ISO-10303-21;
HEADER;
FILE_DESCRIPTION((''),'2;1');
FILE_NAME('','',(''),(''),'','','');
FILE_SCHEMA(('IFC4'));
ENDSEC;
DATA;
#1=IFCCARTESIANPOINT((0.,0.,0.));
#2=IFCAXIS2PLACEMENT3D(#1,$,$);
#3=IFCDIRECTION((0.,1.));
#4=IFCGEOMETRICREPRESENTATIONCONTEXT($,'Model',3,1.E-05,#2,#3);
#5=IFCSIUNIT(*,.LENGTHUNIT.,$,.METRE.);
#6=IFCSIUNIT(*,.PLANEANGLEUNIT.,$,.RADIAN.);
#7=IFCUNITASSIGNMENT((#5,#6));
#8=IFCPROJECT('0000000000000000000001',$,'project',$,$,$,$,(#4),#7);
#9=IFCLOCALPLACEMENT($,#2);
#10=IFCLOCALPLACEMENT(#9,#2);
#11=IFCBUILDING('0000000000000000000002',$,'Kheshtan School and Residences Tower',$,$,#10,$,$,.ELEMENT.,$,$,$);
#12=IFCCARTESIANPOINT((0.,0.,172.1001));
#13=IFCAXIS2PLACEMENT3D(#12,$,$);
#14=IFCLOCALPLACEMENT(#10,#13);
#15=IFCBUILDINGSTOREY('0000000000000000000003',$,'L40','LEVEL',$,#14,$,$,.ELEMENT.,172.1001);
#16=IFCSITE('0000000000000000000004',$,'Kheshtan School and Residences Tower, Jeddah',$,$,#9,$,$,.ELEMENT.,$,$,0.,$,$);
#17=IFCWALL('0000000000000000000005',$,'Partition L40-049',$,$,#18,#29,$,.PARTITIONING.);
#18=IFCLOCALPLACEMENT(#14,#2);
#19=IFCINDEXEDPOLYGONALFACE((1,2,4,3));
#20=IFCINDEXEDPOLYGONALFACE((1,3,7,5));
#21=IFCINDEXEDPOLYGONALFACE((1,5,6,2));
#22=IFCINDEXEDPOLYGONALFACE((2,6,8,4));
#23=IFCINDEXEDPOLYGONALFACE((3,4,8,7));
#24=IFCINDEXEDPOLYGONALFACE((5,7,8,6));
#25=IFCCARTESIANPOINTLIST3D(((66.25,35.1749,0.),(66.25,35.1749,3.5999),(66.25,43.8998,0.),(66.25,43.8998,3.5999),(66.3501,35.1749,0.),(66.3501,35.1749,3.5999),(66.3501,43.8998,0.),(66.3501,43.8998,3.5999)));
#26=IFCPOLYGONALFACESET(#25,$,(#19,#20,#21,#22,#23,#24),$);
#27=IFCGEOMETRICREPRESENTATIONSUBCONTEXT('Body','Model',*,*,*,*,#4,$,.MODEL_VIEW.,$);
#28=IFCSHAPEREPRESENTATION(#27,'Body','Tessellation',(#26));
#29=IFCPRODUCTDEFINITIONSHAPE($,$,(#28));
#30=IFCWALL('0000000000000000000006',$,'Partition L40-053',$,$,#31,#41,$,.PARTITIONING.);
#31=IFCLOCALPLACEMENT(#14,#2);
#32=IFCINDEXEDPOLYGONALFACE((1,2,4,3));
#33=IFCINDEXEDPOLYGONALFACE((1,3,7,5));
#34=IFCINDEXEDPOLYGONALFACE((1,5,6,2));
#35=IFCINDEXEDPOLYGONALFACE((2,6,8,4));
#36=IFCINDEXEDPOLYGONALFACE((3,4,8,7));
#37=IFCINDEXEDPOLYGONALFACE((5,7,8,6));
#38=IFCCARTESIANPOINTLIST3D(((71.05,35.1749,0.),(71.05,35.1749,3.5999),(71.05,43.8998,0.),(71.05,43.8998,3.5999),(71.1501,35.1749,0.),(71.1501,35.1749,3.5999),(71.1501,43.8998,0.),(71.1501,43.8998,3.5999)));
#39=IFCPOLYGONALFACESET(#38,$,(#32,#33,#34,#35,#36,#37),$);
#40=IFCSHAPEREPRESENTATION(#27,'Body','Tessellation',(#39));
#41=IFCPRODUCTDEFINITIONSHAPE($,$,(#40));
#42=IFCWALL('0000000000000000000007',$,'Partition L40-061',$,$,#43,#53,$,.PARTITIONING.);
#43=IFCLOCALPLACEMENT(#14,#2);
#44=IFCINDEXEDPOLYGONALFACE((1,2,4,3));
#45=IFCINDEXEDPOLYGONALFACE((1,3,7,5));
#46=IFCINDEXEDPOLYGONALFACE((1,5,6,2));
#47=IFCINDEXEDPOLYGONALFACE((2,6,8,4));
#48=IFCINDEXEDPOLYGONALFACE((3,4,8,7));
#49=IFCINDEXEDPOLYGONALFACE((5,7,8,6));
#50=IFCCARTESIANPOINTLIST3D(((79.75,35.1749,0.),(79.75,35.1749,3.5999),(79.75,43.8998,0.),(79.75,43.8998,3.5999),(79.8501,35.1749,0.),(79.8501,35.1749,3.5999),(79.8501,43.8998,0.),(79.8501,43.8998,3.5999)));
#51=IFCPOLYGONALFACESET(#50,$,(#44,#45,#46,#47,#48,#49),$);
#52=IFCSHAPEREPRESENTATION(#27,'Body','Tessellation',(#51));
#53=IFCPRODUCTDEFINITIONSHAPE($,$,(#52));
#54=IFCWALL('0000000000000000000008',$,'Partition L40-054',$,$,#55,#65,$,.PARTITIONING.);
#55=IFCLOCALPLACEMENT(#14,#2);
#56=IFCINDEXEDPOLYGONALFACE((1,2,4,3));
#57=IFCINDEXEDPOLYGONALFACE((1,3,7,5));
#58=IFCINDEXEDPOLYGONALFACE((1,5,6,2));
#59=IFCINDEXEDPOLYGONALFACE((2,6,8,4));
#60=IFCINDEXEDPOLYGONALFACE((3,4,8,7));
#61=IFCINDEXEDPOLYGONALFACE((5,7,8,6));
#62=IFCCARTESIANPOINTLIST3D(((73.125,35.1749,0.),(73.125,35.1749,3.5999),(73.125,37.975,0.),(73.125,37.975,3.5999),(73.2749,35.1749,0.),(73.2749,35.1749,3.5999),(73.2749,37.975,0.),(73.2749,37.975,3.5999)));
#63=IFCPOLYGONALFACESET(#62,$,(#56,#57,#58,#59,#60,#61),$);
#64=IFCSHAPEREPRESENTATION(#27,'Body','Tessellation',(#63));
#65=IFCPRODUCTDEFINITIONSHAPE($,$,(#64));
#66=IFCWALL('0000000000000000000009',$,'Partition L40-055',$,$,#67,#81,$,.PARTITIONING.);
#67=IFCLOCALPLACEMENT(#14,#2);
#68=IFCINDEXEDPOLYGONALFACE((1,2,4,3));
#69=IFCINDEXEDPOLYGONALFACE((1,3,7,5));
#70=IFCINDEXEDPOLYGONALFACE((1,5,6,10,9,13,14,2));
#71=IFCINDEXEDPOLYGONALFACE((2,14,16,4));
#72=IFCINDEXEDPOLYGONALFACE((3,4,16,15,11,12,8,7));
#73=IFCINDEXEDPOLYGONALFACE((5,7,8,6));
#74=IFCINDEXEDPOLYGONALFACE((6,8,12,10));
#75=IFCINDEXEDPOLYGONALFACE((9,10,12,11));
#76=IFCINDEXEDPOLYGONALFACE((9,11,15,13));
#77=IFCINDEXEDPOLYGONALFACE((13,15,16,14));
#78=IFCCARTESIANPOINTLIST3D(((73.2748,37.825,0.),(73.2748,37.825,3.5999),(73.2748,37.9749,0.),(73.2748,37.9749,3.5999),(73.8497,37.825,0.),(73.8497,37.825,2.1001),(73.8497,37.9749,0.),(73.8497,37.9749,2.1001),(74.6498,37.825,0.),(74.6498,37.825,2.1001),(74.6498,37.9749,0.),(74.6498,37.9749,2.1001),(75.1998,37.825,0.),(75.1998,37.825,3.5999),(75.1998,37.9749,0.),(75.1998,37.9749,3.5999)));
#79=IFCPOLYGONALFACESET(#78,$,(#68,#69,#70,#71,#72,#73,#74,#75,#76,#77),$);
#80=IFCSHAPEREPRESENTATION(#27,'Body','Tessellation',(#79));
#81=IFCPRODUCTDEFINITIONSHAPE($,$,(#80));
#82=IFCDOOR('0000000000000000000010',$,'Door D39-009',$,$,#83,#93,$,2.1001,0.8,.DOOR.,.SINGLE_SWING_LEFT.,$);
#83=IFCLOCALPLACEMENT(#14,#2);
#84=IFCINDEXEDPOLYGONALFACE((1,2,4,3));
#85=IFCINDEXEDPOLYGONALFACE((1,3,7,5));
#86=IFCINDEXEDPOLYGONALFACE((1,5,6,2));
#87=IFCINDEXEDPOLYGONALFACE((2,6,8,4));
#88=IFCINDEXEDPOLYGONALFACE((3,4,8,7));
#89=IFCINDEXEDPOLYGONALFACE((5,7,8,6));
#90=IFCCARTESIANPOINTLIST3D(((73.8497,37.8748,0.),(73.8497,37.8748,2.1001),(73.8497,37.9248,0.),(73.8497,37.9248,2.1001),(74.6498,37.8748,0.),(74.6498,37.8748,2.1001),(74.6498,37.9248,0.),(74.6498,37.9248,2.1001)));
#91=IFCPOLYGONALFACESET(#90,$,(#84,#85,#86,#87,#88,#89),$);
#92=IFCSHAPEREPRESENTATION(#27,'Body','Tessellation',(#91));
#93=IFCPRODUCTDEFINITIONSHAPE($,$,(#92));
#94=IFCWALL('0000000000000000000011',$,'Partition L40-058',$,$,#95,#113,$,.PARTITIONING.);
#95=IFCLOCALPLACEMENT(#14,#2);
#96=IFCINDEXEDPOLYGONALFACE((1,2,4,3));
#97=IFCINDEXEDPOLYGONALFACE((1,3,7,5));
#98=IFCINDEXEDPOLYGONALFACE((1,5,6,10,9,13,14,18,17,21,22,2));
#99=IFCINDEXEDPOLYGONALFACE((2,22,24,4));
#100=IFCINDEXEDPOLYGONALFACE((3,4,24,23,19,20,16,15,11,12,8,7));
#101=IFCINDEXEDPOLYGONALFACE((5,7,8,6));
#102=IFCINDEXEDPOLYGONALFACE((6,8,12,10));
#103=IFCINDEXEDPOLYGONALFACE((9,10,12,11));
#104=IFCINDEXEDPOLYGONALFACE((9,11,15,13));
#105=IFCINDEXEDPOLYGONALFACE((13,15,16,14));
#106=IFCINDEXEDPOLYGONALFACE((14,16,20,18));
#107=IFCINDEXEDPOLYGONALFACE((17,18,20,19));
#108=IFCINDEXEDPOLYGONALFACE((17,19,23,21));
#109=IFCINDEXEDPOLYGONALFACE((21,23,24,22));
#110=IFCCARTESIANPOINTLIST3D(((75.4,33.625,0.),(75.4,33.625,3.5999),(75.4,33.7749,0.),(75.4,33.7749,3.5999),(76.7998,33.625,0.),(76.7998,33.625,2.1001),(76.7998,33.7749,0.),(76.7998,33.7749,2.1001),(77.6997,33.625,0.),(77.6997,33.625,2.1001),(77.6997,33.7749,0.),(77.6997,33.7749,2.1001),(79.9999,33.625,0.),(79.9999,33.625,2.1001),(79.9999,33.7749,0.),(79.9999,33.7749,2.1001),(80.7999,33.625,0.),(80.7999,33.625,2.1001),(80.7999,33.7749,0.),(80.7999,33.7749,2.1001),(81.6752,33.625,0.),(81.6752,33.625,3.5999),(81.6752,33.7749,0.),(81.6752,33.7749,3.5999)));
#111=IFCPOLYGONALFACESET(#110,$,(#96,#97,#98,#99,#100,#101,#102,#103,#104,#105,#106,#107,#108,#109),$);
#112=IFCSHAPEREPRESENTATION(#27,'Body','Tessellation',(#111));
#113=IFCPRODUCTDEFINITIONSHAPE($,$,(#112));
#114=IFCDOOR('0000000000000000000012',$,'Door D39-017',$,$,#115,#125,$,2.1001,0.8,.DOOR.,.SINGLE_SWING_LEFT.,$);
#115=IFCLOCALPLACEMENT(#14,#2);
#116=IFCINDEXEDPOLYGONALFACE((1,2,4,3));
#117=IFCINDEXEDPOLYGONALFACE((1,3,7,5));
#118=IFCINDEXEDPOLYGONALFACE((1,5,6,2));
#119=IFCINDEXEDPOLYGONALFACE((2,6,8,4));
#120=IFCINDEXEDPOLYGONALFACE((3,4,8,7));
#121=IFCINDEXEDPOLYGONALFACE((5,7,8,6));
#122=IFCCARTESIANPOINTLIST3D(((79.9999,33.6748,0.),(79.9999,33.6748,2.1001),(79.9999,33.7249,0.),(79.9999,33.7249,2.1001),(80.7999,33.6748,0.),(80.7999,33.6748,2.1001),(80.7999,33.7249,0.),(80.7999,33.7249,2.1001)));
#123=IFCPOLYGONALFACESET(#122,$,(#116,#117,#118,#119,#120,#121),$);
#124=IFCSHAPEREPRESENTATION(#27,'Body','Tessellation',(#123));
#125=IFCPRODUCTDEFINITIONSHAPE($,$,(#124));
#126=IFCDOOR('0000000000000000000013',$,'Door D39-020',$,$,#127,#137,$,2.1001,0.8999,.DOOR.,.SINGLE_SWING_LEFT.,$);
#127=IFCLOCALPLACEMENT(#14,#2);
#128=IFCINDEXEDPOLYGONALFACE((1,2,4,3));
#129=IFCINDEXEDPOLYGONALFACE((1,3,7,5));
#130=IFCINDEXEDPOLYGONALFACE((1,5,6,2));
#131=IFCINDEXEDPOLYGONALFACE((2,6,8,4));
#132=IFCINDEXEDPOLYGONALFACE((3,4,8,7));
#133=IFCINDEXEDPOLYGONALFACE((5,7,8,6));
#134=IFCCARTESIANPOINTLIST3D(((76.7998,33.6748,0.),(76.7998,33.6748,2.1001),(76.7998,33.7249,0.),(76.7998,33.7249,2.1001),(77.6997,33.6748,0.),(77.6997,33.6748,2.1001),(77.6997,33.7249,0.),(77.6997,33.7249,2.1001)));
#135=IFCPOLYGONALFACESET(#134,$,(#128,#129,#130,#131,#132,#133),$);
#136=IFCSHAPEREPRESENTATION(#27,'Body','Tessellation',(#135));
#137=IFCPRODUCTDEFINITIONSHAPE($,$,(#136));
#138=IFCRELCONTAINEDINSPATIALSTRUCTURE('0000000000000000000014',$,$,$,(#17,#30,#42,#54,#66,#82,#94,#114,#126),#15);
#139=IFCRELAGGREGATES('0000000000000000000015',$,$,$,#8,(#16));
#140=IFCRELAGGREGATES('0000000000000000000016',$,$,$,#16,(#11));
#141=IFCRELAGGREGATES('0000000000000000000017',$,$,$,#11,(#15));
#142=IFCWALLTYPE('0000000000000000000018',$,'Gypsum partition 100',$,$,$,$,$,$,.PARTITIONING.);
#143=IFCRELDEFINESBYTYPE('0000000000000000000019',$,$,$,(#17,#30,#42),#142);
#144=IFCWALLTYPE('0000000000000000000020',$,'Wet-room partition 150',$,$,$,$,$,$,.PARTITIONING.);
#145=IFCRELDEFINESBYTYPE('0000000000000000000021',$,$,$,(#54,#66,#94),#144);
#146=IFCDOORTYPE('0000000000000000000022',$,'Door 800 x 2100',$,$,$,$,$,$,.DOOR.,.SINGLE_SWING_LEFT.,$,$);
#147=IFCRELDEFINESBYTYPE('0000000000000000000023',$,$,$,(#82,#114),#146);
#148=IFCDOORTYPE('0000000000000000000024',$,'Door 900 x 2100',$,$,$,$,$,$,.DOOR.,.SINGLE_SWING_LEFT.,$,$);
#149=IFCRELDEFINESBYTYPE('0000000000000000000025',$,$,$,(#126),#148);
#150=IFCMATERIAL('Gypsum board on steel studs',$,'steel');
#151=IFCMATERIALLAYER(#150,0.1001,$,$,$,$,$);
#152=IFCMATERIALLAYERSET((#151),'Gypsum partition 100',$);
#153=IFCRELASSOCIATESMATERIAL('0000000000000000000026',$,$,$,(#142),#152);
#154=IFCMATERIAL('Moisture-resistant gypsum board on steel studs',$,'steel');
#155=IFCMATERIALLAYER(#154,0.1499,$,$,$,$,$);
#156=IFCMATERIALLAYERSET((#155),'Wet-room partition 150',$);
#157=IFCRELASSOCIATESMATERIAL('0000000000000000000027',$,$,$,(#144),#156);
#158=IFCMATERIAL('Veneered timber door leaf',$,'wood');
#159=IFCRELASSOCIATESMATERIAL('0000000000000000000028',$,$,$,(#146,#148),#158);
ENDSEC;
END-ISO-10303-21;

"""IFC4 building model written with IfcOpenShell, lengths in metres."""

from ifc_helpers import new_model, si_unit, direction, frame, frame_2d, origin, place, context, subcontext, project, spatial, rectangle, extrude, source, transform, mapped, material, layer, layer_set, type_object, element, fill, save


model = new_model("IFC4")

# Units and contexts
model_context = context("Model", 3, precision=1e-05, world=origin(), true_north=direction((0.0, 1.0)))
body_context = subcontext(model_context, "Body", "Model", "MODEL_VIEW")
ifc_project = project(units=[si_unit("LENGTHUNIT", "METRE"), si_unit("PLANEANGLEUNIT", "RADIAN")], contexts=[model_context])

# Site, building, storey
site_placement = place(None, origin())
site = spatial("IfcSite", under=ifc_project, at=site_placement, Name="Kheshtan School and Residences Tower, Jeddah", CompositionType="ELEMENT", RefElevation=0.0)
building_placement = place(site_placement, origin())
building = spatial("IfcBuilding", under=site, at=building_placement, Name="Kheshtan School and Residences Tower", CompositionType="ELEMENT")
storey_placement = place(building_placement, frame((0.0, 0.0, 172.1001)))
storey = spatial("IfcBuildingStorey", under=building, at=storey_placement, Name="L40", Description="LEVEL", CompositionType="ELEMENT", Elevation=172.1001)

# Walls
ifc_material_1 = material(Name="Gypsum board on steel studs", Category="steel")
ifc_layer_1 = layer(ifc_material_1, 0.1001)
ifc_layer_set_1 = layer_set([ifc_layer_1], Name="Gypsum partition 100")
wall_type_1 = type_object("IfcWallType", Name="Gypsum partition 100", PredefinedType="PARTITIONING", material=ifc_layer_set_1)
for number, where, z_axis, x_axis, name in (
    (1, (66.3, 35.175, 0.0), (0.0, 0.0, 1.0), (0.0, 1.0, 0.0), "Partition L40-049"),
    (2, (71.1001, 35.175, 0.0), (0.0, 0.0, 1.0), (0.0, 1.0, 0.0), "Partition L40-053"),
    (3, (79.8, 35.175, 0.0), (0.0, 0.0, 1.0), (0.0, 1.0, 0.0), "Partition L40-061"),
):
    element("IfcWall", number, at=place(storey_placement, frame(where, z_axis=z_axis, x_axis=x_axis)), inside=storey, type_object=wall_type_1, Name=name, PredefinedType="PARTITIONING", context=body_context, shape_type="SweptSolid", body=[
        extrude(rectangle(XDim=8.7249, YDim=0.1001, at=frame_2d((4.3623, 0.0))), origin(), (0.0, 0.0, 1.0), 3.5999),
    ])
ifc_material_2 = material(Name="Moisture-resistant gypsum board on steel studs", Category="steel")
ifc_layer_2 = layer(ifc_material_2, 0.1499)
ifc_layer_set_2 = layer_set([ifc_layer_2], Name="Wet-room partition 150")
wall_type_2 = type_object("IfcWallType", Name="Wet-room partition 150", PredefinedType="PARTITIONING", material=ifc_layer_set_2)
wall_1_placement = place(storey_placement, frame((73.2, 35.175, 0.0), z_axis=(0.0, 0.0, 1.0), x_axis=(0.0, 1.0, 0.0)))
element("IfcWall", 4, at=wall_1_placement, inside=storey, type_object=wall_type_2, Name="Partition L40-054", PredefinedType="PARTITIONING", context=body_context, shape_type="SweptSolid", body=[
    extrude(rectangle(XDim=2.8, YDim=0.1499, at=frame_2d((1.3999, 0.0))), origin(), (0.0, 0.0, 1.0), 3.5999),
])

# Wall, opening, door
wall_2_placement = place(storey_placement, frame((73.2749, 37.8999, 0.0), z_axis=(0.0, 0.0, 1.0), x_axis=(1.0, 0.0, 0.0)))
wall_2 = element("IfcWall", 5, at=wall_2_placement, inside=storey, type_object=wall_type_2, Name="Partition L40-055", PredefinedType="PARTITIONING", context=body_context, shape_type="SweptSolid", body=[
    extrude(rectangle(XDim=1.925, YDim=0.1499, at=frame_2d((0.9624, 0.0))), origin(), (0.0, 0.0, 1.0), 3.5999),
])
opening_1_placement = place(wall_2_placement, frame((0.575, 0.0, 0.0)))
opening_1 = element("IfcOpeningElement", 6, at=opening_1_placement, cuts=wall_2, PredefinedType="OPENING", context=body_context, shape_type="SweptSolid", body=[
    extrude(rectangle(XDim=0.8, YDim=2.1001, at=frame_2d((0.3999, 1.05))), frame((0.0, 0.085, 0.0), z_axis=(0.0, -1.0, 0.0), x_axis=(1.0, 0.0, 0.0)), (0.0, 0.0, 1.0), 0.1699),
])
ifc_material_3 = material(Name="Veneered timber door leaf", Category="wood")
door_type_1 = type_object("IfcDoorType", Name="Door 800 x 2100", OperationType="SINGLE_SWING_LEFT", PredefinedType="DOOR", material=ifc_material_3)
shared_shape_1 = source(origin(), body_context, "Body", "SweptSolid", [
    extrude(rectangle(XDim=0.8, YDim=2.1001, at=frame_2d((0.3999, 1.05))), frame((0.0, 0.0249, 0.0), z_axis=(0.0, -1.0, 0.0), x_axis=(1.0, 0.0, 0.0)), (0.0, 0.0, 1.0), 0.05),
])
door_1_placement = place(opening_1_placement, origin())
door_1 = element("IfcDoor", 7, at=door_1_placement, inside=storey, type_object=door_type_1, Name="Door D39-009", OperationType="SINGLE_SWING_LEFT", OverallHeight=2.1001, OverallWidth=0.8, PredefinedType="DOOR", context=body_context, shape_type="MappedRepresentation", body=[
    mapped(shared_shape_1, transform((0.0, 0.0, 0.0), x_axis=(1.0, 0.0, 0.0), y_axis=(0.0, 1.0, 0.0), z_axis=(0.0, 0.0, 1.0), scale=1.0)),
])
fill(opening_1, door_1)

# Wall, openings, doors
wall_3_placement = place(storey_placement, frame((75.3999, 33.7, 0.0), z_axis=(0.0, 0.0, 1.0), x_axis=(1.0, 0.0, 0.0)))
wall_3 = element("IfcWall", 8, at=wall_3_placement, inside=storey, type_object=wall_type_2, Name="Partition L40-058", PredefinedType="PARTITIONING", context=body_context, shape_type="SweptSolid", body=[
    extrude(rectangle(XDim=6.2751, YDim=0.1499, at=frame_2d((3.1377, 0.0))), origin(), (0.0, 0.0, 1.0), 3.5999),
])
opening_2_placement = place(wall_3_placement, frame((4.6001, 0.0, 0.0)))
opening_2 = element("IfcOpeningElement", 9, at=opening_2_placement, cuts=wall_3, PredefinedType="OPENING", context=body_context, shape_type="SweptSolid", body=[
    extrude(rectangle(XDim=0.8, YDim=2.1001, at=frame_2d((0.3999, 1.05))), frame((0.0, 0.085, 0.0), z_axis=(0.0, -1.0, 0.0), x_axis=(1.0, 0.0, 0.0)), (0.0, 0.0, 1.0), 0.1699),
])
opening_3_placement = place(wall_3_placement, frame((1.3999, 0.0, 0.0)))
opening_3 = element("IfcOpeningElement", 10, at=opening_3_placement, cuts=wall_3, PredefinedType="OPENING", context=body_context, shape_type="SweptSolid", body=[
    extrude(rectangle(XDim=0.8999, YDim=2.1001, at=frame_2d((0.45, 1.05))), frame((0.0, 0.085, 0.0), z_axis=(0.0, -1.0, 0.0), x_axis=(1.0, 0.0, 0.0)), (0.0, 0.0, 1.0), 0.1699),
])
door_2_placement = place(opening_2_placement, origin())
door_2 = element("IfcDoor", 11, at=door_2_placement, inside=storey, type_object=door_type_1, Name="Door D39-017", OperationType="SINGLE_SWING_LEFT", OverallHeight=2.1001, OverallWidth=0.8, PredefinedType="DOOR", context=body_context, shape_type="MappedRepresentation", body=[
    mapped(shared_shape_1, transform((0.0, 0.0, 0.0), x_axis=(1.0, 0.0, 0.0), y_axis=(0.0, 1.0, 0.0), z_axis=(0.0, 0.0, 1.0), scale=1.0)),
])
fill(opening_2, door_2)
door_type_2 = type_object("IfcDoorType", Name="Door 900 x 2100", OperationType="SINGLE_SWING_LEFT", PredefinedType="DOOR", material=ifc_material_3)
shared_shape_2 = source(origin(), body_context, "Body", "SweptSolid", [
    extrude(rectangle(XDim=0.8999, YDim=2.1001, at=frame_2d((0.45, 1.05))), frame((0.0, 0.0249, 0.0), z_axis=(0.0, -1.0, 0.0), x_axis=(1.0, 0.0, 0.0)), (0.0, 0.0, 1.0), 0.05),
])
door_3_placement = place(opening_3_placement, origin())
door_3 = element("IfcDoor", 12, at=door_3_placement, inside=storey, type_object=door_type_2, Name="Door D39-020", OperationType="SINGLE_SWING_LEFT", OverallHeight=2.1001, OverallWidth=0.8999, PredefinedType="DOOR", context=body_context, shape_type="MappedRepresentation", body=[
    mapped(shared_shape_2, transform((0.0, 0.0, 0.0), x_axis=(1.0, 0.0, 0.0), y_axis=(0.0, 1.0, 0.0), z_axis=(0.0, 0.0, 1.0), scale=1.0)),
])
fill(opening_3, door_3)

save(model, "model.ifc")
